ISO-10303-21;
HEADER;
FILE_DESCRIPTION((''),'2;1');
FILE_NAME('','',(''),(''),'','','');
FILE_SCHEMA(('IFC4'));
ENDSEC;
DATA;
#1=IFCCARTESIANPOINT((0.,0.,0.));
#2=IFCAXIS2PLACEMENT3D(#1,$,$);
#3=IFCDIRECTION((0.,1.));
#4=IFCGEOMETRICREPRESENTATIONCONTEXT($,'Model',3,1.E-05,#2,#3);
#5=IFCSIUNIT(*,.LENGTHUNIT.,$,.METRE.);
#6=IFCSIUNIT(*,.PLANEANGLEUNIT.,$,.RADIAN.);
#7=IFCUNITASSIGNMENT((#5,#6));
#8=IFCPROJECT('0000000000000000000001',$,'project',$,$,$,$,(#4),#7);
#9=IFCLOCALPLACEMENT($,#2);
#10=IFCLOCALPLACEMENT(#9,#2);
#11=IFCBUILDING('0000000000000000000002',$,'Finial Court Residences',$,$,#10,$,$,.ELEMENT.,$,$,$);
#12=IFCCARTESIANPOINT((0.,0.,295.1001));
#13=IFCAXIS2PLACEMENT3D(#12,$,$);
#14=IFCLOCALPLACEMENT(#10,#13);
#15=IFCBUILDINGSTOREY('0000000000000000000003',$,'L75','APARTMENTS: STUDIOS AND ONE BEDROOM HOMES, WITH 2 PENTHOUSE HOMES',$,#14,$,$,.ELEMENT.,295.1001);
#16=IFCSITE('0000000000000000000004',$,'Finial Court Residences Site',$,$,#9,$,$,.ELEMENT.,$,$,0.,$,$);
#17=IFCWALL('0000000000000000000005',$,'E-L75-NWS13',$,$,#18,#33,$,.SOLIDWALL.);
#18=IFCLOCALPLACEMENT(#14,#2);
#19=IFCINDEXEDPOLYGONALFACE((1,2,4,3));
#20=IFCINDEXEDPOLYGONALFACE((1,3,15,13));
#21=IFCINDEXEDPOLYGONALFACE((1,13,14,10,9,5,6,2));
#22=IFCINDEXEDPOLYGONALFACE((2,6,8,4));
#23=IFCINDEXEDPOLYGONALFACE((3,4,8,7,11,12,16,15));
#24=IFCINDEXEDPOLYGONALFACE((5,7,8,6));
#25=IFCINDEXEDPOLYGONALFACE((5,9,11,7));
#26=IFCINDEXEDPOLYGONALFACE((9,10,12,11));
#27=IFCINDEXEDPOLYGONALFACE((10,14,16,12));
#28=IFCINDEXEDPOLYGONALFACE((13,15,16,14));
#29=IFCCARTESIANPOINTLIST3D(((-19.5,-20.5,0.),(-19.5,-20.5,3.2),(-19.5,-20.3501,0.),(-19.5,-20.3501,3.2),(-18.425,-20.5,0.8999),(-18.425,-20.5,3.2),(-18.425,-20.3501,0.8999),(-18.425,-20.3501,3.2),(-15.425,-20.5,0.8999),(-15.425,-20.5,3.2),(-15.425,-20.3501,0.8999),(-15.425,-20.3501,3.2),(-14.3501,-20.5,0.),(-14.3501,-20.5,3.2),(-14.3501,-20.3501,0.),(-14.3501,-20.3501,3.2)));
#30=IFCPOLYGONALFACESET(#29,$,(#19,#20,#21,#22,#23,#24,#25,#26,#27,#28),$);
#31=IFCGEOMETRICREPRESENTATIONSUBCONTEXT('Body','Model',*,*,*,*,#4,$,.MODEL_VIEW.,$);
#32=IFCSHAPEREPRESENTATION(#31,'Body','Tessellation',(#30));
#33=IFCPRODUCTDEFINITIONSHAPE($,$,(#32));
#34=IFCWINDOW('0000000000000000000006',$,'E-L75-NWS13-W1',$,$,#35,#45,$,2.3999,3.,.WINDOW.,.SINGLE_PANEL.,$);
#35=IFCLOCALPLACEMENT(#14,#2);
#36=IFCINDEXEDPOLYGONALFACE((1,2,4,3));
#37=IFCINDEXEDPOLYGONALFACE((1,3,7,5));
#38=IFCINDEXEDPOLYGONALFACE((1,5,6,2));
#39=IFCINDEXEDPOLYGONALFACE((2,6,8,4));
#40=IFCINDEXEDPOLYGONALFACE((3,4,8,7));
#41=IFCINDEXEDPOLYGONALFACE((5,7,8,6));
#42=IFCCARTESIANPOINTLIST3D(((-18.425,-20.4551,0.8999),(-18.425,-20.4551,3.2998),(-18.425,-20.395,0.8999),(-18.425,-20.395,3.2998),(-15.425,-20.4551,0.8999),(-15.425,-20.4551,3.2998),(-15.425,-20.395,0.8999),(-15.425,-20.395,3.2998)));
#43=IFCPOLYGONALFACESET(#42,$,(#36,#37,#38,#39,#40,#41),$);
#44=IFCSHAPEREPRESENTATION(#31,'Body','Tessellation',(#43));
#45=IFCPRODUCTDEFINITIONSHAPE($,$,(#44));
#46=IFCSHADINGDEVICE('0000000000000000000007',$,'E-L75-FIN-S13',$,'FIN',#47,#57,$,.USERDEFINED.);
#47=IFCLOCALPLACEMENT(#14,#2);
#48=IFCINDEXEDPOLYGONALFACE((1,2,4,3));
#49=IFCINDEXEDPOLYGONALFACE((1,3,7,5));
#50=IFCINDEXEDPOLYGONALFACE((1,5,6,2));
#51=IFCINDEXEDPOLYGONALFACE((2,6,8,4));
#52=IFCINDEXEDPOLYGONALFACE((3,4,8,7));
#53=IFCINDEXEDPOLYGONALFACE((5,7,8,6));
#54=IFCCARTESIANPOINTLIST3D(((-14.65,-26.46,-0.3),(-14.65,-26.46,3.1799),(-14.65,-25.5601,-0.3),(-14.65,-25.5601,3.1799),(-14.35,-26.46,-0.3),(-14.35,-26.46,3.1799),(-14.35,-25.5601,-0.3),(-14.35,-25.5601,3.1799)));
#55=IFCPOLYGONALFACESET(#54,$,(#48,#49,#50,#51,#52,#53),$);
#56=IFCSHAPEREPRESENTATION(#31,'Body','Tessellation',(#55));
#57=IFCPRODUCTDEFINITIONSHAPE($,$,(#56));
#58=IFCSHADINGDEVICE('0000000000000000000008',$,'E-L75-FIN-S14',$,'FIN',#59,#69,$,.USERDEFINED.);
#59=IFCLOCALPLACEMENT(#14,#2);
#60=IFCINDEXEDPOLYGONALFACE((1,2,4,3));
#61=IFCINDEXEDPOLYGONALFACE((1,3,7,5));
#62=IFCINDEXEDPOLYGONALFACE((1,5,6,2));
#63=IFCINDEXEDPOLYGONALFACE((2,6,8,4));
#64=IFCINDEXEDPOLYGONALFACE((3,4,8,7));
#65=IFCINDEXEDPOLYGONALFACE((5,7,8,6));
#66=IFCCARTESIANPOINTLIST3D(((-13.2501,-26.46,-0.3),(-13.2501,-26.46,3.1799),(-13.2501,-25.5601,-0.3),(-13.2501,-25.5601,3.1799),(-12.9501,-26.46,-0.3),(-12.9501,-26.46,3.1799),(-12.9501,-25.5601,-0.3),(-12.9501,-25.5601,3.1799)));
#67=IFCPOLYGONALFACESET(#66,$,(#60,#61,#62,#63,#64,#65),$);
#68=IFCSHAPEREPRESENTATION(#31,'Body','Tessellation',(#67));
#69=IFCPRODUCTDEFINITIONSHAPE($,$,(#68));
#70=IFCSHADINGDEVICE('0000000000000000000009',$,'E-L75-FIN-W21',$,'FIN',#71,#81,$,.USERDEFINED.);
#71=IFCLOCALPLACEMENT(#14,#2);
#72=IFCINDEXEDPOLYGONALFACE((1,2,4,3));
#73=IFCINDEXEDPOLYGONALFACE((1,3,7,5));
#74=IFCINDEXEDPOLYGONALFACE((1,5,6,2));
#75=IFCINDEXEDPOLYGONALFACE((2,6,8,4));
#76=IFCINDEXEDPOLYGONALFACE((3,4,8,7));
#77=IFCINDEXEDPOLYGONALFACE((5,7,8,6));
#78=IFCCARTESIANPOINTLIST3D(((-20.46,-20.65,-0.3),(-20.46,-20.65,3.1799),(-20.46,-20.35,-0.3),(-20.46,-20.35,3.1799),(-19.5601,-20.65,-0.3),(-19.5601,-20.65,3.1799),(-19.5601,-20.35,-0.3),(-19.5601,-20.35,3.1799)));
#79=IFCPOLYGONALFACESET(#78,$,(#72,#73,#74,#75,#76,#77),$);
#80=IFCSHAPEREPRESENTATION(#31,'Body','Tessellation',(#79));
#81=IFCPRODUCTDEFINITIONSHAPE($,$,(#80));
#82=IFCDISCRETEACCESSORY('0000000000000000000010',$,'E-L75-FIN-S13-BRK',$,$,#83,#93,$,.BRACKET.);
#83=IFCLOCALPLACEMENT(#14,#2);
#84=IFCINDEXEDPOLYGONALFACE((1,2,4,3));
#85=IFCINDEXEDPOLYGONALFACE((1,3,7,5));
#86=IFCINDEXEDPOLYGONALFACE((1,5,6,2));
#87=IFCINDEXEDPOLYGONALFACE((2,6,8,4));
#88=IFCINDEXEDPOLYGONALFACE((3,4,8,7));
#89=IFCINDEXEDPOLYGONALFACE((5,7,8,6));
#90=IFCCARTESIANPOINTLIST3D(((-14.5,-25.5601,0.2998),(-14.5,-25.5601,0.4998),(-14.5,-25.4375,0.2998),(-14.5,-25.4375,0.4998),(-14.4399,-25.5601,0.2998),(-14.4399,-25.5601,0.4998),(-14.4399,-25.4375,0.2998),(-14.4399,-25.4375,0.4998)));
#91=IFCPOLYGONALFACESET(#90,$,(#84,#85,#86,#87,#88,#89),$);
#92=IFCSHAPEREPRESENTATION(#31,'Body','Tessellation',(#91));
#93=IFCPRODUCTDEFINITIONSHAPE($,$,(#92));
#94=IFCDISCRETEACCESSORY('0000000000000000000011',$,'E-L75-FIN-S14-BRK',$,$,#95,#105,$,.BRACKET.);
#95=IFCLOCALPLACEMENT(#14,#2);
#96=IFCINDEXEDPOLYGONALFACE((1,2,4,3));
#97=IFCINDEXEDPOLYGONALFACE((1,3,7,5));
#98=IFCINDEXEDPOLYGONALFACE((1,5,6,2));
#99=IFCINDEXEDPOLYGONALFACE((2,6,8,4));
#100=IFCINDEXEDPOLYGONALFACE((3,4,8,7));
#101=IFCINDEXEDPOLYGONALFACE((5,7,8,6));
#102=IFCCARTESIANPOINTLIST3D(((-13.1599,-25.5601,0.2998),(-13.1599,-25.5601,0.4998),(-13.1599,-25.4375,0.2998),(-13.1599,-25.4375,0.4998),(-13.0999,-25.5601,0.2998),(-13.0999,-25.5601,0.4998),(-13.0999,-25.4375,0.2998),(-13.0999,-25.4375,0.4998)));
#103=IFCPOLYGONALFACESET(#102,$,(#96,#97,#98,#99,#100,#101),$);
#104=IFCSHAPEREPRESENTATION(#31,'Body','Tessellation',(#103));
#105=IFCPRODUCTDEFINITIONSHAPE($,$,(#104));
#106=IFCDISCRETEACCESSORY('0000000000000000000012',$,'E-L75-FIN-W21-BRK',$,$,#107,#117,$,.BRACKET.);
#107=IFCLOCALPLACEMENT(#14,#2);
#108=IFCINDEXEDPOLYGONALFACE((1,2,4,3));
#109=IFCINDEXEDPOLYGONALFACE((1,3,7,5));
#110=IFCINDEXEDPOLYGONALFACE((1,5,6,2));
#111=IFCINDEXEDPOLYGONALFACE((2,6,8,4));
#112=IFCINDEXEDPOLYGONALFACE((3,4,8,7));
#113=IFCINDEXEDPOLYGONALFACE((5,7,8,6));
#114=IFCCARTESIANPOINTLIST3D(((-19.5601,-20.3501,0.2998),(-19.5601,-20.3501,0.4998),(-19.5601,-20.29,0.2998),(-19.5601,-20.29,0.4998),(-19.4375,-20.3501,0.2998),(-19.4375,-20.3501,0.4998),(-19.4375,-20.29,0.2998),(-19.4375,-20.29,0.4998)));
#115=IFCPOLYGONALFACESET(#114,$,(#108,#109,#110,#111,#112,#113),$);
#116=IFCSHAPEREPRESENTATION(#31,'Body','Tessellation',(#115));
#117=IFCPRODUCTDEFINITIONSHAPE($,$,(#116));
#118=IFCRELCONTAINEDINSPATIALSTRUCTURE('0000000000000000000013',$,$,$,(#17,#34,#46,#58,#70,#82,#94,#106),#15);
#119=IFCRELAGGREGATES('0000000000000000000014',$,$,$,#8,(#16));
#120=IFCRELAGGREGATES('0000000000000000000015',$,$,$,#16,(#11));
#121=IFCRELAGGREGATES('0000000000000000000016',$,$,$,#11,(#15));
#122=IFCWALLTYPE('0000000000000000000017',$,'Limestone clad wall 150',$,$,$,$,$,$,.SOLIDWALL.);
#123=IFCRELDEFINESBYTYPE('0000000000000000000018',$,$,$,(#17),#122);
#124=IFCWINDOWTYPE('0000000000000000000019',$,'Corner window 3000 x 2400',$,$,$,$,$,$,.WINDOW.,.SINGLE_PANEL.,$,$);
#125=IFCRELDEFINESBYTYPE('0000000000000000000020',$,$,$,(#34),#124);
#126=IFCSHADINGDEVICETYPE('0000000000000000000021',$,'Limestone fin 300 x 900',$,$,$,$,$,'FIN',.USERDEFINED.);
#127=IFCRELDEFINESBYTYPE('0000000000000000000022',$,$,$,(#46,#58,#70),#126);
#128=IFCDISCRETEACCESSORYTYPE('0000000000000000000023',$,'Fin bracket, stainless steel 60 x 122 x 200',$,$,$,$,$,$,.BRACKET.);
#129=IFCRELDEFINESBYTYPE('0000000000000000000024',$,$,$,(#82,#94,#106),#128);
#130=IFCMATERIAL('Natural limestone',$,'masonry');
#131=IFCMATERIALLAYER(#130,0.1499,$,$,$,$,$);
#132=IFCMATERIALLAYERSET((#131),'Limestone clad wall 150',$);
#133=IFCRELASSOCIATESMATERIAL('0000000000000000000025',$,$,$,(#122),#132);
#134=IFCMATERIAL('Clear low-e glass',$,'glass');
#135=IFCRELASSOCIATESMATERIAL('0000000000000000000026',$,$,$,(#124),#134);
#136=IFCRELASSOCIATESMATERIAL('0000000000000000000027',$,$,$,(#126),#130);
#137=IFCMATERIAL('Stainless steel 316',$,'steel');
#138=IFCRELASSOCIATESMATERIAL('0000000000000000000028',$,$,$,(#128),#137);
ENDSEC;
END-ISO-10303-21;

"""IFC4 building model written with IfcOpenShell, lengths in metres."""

from ifc_helpers import new_model, si_unit, direction, frame, frame_2d, origin, origin_2d, place, context, subcontext, project, spatial, rectangle, extrude, material, layer, layer_set, type_object, element, fill, save


model = new_model("IFC4")

# Units and contexts
model_context = context("Model", 3, precision=1e-05, world=origin(), true_north=direction((0.0, 1.0)))
body_context = subcontext(model_context, "Body", "Model", "MODEL_VIEW")
ifc_project = project(units=[si_unit("LENGTHUNIT", "METRE"), si_unit("PLANEANGLEUNIT", "RADIAN")], contexts=[model_context])

# Site, building, storey
site_placement = place(None, origin())
site = spatial("IfcSite", under=ifc_project, at=site_placement, Name="Finial Court Residences Site", CompositionType="ELEMENT", RefElevation=0.0)
building_placement = place(site_placement, origin())
building = spatial("IfcBuilding", under=site, at=building_placement, Name="Finial Court Residences", CompositionType="ELEMENT")
storey_placement = place(building_placement, frame((0.0, 0.0, 295.1001)))
storey = spatial("IfcBuildingStorey", under=building, at=storey_placement, Name="L75", Description="APARTMENTS: STUDIOS AND ONE BEDROOM HOMES, WITH 2 PENTHOUSE HOMES", CompositionType="ELEMENT", Elevation=295.1001)

# Shared definitions
ifc_material_1 = material(Name="Clear low-e glass", Category="glass")

# Wall, opening, window
ifc_material_2 = material(Name="Natural limestone", Category="masonry")
ifc_layer_1 = layer(ifc_material_2, 0.1499)
ifc_layer_set_1 = layer_set([ifc_layer_1], Name="Limestone clad wall 150")
wall_type_1 = type_object("IfcWallType", Name="Limestone clad wall 150", PredefinedType="SOLIDWALL", material=ifc_layer_set_1)
window_type = type_object("IfcWindowType", Name="Corner window 3000 x 2400", PartitioningType="SINGLE_PANEL", PredefinedType="WINDOW", material=ifc_material_1)
wall_1_placement = place(storey_placement, frame((-14.3501, -20.425, 0.0), z_axis=(0.0, 0.0, 1.0), x_axis=(-1.0, 0.0, 0.0)))
wall_1 = element("IfcWall", 1, at=wall_1_placement, inside=storey, type_object=wall_type_1, Name="E-L75-NWS13", PredefinedType="SOLIDWALL", context=body_context, shape_type="SweptSolid", body=[
    extrude(rectangle(XDim=5.1499, YDim=0.1499, at=frame_2d((2.575, 0.0))), origin(), (0.0, 0.0, 1.0), 3.2),
])
opening_1_placement = place(wall_1_placement, frame((1.075, 0.0, 0.8999)))
opening_1 = element("IfcOpeningElement", 2, at=opening_1_placement, cuts=wall_1, PredefinedType="OPENING", context=body_context, shape_type="SweptSolid", body=[
    extrude(rectangle(XDim=3.0, YDim=2.3999, at=frame_2d((1.5, 1.2))), frame((0.0, 0.085, 0.0), z_axis=(0.0, -1.0, 0.0), x_axis=(1.0, 0.0, 0.0)), (0.0, 0.0, 1.0), 0.1699),
])
window_1_placement = place(opening_1_placement, origin())
window_1 = element("IfcWindow", 3, at=window_1_placement, inside=storey, type_object=window_type, Name="E-L75-NWS13-W1", OverallHeight=2.3999, OverallWidth=3.0, PartitioningType="SINGLE_PANEL", PredefinedType="WINDOW", context=body_context, shape_type="SweptSolid", body=[
    extrude(rectangle(XDim=3.0, YDim=2.3999, at=frame_2d((1.5, 1.2))), frame((0.0, 0.03, 0.0), z_axis=(0.0, -1.0, 0.0), x_axis=(1.0, 0.0, 0.0)), (0.0, 0.0, 1.0), 0.0601),
])
fill(opening_1, window_1)

# Shading devices
shading_device_type = type_object("IfcShadingDeviceType", Name="Limestone fin 300 x 900", ElementType="FIN", PredefinedType="USERDEFINED", material=ifc_material_2)
for number, where, z_axis, x_axis, name in (
    (4, (-14.5, -26.01, -0.3), (0.0, 0.0, 1.0), (1.0, 0.0, 0.0), "E-L75-FIN-S13"),
    (5, (-13.1001, -26.01, -0.3), (0.0, 0.0, 1.0), (1.0, 0.0, 0.0), "E-L75-FIN-S14"),
):
    element("IfcShadingDevice", number, at=place(storey_placement, frame(where, z_axis=z_axis, x_axis=x_axis)), inside=storey, type_object=shading_device_type, Name=name, ObjectType="FIN", PredefinedType="USERDEFINED", context=body_context, shape_type="SweptSolid", body=[
        extrude(rectangle(XDim=0.3, YDim=0.8999, at=origin_2d()), origin(), (0.0, 0.0, 1.0), 3.48),
    ])
shading_device_placement = place(storey_placement, frame((-20.01, -20.5, -0.3), z_axis=(0.0, 0.0, 1.0), x_axis=(1.0, 0.0, 0.0)))
element("IfcShadingDevice", 6, at=shading_device_placement, inside=storey, type_object=shading_device_type, Name="E-L75-FIN-W21", ObjectType="FIN", PredefinedType="USERDEFINED", context=body_context, shape_type="SweptSolid", body=[
    extrude(rectangle(XDim=0.8999, YDim=0.3, at=origin_2d()), origin(), (0.0, 0.0, 1.0), 3.48),
])

# Discrete accessories
ifc_material_3 = material(Name="Stainless steel 316", Category="steel")
discrete_accessory_type = type_object("IfcDiscreteAccessoryType", Name="Fin bracket, stainless steel 60 x 122 x 200", PredefinedType="BRACKET", material=ifc_material_3)
for number, where, z_axis, x_axis, name in (
    (7, (-14.47, -25.4988, 0.2998), (0.0, 0.0, 1.0), (1.0, 0.0, 0.0), "E-L75-FIN-S13-BRK"),
    (8, (-13.1299, -25.4988, 0.2998), (0.0, 0.0, 1.0), (1.0, 0.0, 0.0), "E-L75-FIN-S14-BRK"),
):
    element("IfcDiscreteAccessory", number, at=place(storey_placement, frame(where, z_axis=z_axis, x_axis=x_axis)), inside=storey, type_object=discrete_accessory_type, Name=name, PredefinedType="BRACKET", context=body_context, shape_type="SweptSolid", body=[
        extrude(rectangle(XDim=0.0601, YDim=0.1226, at=origin_2d()), origin(), (0.0, 0.0, 1.0), 0.2),
    ])
discrete_accessory_placement = place(storey_placement, frame((-19.4988, -20.3201, 0.2998), z_axis=(0.0, 0.0, 1.0), x_axis=(1.0, 0.0, 0.0)))
element("IfcDiscreteAccessory", 9, at=discrete_accessory_placement, inside=storey, type_object=discrete_accessory_type, Name="E-L75-FIN-W21-BRK", PredefinedType="BRACKET", context=body_context, shape_type="SweptSolid", body=[
    extrude(rectangle(XDim=0.1226, YDim=0.0601, at=origin_2d()), origin(), (0.0, 0.0, 1.0), 0.2),
])

save(model, "model.ifc")
